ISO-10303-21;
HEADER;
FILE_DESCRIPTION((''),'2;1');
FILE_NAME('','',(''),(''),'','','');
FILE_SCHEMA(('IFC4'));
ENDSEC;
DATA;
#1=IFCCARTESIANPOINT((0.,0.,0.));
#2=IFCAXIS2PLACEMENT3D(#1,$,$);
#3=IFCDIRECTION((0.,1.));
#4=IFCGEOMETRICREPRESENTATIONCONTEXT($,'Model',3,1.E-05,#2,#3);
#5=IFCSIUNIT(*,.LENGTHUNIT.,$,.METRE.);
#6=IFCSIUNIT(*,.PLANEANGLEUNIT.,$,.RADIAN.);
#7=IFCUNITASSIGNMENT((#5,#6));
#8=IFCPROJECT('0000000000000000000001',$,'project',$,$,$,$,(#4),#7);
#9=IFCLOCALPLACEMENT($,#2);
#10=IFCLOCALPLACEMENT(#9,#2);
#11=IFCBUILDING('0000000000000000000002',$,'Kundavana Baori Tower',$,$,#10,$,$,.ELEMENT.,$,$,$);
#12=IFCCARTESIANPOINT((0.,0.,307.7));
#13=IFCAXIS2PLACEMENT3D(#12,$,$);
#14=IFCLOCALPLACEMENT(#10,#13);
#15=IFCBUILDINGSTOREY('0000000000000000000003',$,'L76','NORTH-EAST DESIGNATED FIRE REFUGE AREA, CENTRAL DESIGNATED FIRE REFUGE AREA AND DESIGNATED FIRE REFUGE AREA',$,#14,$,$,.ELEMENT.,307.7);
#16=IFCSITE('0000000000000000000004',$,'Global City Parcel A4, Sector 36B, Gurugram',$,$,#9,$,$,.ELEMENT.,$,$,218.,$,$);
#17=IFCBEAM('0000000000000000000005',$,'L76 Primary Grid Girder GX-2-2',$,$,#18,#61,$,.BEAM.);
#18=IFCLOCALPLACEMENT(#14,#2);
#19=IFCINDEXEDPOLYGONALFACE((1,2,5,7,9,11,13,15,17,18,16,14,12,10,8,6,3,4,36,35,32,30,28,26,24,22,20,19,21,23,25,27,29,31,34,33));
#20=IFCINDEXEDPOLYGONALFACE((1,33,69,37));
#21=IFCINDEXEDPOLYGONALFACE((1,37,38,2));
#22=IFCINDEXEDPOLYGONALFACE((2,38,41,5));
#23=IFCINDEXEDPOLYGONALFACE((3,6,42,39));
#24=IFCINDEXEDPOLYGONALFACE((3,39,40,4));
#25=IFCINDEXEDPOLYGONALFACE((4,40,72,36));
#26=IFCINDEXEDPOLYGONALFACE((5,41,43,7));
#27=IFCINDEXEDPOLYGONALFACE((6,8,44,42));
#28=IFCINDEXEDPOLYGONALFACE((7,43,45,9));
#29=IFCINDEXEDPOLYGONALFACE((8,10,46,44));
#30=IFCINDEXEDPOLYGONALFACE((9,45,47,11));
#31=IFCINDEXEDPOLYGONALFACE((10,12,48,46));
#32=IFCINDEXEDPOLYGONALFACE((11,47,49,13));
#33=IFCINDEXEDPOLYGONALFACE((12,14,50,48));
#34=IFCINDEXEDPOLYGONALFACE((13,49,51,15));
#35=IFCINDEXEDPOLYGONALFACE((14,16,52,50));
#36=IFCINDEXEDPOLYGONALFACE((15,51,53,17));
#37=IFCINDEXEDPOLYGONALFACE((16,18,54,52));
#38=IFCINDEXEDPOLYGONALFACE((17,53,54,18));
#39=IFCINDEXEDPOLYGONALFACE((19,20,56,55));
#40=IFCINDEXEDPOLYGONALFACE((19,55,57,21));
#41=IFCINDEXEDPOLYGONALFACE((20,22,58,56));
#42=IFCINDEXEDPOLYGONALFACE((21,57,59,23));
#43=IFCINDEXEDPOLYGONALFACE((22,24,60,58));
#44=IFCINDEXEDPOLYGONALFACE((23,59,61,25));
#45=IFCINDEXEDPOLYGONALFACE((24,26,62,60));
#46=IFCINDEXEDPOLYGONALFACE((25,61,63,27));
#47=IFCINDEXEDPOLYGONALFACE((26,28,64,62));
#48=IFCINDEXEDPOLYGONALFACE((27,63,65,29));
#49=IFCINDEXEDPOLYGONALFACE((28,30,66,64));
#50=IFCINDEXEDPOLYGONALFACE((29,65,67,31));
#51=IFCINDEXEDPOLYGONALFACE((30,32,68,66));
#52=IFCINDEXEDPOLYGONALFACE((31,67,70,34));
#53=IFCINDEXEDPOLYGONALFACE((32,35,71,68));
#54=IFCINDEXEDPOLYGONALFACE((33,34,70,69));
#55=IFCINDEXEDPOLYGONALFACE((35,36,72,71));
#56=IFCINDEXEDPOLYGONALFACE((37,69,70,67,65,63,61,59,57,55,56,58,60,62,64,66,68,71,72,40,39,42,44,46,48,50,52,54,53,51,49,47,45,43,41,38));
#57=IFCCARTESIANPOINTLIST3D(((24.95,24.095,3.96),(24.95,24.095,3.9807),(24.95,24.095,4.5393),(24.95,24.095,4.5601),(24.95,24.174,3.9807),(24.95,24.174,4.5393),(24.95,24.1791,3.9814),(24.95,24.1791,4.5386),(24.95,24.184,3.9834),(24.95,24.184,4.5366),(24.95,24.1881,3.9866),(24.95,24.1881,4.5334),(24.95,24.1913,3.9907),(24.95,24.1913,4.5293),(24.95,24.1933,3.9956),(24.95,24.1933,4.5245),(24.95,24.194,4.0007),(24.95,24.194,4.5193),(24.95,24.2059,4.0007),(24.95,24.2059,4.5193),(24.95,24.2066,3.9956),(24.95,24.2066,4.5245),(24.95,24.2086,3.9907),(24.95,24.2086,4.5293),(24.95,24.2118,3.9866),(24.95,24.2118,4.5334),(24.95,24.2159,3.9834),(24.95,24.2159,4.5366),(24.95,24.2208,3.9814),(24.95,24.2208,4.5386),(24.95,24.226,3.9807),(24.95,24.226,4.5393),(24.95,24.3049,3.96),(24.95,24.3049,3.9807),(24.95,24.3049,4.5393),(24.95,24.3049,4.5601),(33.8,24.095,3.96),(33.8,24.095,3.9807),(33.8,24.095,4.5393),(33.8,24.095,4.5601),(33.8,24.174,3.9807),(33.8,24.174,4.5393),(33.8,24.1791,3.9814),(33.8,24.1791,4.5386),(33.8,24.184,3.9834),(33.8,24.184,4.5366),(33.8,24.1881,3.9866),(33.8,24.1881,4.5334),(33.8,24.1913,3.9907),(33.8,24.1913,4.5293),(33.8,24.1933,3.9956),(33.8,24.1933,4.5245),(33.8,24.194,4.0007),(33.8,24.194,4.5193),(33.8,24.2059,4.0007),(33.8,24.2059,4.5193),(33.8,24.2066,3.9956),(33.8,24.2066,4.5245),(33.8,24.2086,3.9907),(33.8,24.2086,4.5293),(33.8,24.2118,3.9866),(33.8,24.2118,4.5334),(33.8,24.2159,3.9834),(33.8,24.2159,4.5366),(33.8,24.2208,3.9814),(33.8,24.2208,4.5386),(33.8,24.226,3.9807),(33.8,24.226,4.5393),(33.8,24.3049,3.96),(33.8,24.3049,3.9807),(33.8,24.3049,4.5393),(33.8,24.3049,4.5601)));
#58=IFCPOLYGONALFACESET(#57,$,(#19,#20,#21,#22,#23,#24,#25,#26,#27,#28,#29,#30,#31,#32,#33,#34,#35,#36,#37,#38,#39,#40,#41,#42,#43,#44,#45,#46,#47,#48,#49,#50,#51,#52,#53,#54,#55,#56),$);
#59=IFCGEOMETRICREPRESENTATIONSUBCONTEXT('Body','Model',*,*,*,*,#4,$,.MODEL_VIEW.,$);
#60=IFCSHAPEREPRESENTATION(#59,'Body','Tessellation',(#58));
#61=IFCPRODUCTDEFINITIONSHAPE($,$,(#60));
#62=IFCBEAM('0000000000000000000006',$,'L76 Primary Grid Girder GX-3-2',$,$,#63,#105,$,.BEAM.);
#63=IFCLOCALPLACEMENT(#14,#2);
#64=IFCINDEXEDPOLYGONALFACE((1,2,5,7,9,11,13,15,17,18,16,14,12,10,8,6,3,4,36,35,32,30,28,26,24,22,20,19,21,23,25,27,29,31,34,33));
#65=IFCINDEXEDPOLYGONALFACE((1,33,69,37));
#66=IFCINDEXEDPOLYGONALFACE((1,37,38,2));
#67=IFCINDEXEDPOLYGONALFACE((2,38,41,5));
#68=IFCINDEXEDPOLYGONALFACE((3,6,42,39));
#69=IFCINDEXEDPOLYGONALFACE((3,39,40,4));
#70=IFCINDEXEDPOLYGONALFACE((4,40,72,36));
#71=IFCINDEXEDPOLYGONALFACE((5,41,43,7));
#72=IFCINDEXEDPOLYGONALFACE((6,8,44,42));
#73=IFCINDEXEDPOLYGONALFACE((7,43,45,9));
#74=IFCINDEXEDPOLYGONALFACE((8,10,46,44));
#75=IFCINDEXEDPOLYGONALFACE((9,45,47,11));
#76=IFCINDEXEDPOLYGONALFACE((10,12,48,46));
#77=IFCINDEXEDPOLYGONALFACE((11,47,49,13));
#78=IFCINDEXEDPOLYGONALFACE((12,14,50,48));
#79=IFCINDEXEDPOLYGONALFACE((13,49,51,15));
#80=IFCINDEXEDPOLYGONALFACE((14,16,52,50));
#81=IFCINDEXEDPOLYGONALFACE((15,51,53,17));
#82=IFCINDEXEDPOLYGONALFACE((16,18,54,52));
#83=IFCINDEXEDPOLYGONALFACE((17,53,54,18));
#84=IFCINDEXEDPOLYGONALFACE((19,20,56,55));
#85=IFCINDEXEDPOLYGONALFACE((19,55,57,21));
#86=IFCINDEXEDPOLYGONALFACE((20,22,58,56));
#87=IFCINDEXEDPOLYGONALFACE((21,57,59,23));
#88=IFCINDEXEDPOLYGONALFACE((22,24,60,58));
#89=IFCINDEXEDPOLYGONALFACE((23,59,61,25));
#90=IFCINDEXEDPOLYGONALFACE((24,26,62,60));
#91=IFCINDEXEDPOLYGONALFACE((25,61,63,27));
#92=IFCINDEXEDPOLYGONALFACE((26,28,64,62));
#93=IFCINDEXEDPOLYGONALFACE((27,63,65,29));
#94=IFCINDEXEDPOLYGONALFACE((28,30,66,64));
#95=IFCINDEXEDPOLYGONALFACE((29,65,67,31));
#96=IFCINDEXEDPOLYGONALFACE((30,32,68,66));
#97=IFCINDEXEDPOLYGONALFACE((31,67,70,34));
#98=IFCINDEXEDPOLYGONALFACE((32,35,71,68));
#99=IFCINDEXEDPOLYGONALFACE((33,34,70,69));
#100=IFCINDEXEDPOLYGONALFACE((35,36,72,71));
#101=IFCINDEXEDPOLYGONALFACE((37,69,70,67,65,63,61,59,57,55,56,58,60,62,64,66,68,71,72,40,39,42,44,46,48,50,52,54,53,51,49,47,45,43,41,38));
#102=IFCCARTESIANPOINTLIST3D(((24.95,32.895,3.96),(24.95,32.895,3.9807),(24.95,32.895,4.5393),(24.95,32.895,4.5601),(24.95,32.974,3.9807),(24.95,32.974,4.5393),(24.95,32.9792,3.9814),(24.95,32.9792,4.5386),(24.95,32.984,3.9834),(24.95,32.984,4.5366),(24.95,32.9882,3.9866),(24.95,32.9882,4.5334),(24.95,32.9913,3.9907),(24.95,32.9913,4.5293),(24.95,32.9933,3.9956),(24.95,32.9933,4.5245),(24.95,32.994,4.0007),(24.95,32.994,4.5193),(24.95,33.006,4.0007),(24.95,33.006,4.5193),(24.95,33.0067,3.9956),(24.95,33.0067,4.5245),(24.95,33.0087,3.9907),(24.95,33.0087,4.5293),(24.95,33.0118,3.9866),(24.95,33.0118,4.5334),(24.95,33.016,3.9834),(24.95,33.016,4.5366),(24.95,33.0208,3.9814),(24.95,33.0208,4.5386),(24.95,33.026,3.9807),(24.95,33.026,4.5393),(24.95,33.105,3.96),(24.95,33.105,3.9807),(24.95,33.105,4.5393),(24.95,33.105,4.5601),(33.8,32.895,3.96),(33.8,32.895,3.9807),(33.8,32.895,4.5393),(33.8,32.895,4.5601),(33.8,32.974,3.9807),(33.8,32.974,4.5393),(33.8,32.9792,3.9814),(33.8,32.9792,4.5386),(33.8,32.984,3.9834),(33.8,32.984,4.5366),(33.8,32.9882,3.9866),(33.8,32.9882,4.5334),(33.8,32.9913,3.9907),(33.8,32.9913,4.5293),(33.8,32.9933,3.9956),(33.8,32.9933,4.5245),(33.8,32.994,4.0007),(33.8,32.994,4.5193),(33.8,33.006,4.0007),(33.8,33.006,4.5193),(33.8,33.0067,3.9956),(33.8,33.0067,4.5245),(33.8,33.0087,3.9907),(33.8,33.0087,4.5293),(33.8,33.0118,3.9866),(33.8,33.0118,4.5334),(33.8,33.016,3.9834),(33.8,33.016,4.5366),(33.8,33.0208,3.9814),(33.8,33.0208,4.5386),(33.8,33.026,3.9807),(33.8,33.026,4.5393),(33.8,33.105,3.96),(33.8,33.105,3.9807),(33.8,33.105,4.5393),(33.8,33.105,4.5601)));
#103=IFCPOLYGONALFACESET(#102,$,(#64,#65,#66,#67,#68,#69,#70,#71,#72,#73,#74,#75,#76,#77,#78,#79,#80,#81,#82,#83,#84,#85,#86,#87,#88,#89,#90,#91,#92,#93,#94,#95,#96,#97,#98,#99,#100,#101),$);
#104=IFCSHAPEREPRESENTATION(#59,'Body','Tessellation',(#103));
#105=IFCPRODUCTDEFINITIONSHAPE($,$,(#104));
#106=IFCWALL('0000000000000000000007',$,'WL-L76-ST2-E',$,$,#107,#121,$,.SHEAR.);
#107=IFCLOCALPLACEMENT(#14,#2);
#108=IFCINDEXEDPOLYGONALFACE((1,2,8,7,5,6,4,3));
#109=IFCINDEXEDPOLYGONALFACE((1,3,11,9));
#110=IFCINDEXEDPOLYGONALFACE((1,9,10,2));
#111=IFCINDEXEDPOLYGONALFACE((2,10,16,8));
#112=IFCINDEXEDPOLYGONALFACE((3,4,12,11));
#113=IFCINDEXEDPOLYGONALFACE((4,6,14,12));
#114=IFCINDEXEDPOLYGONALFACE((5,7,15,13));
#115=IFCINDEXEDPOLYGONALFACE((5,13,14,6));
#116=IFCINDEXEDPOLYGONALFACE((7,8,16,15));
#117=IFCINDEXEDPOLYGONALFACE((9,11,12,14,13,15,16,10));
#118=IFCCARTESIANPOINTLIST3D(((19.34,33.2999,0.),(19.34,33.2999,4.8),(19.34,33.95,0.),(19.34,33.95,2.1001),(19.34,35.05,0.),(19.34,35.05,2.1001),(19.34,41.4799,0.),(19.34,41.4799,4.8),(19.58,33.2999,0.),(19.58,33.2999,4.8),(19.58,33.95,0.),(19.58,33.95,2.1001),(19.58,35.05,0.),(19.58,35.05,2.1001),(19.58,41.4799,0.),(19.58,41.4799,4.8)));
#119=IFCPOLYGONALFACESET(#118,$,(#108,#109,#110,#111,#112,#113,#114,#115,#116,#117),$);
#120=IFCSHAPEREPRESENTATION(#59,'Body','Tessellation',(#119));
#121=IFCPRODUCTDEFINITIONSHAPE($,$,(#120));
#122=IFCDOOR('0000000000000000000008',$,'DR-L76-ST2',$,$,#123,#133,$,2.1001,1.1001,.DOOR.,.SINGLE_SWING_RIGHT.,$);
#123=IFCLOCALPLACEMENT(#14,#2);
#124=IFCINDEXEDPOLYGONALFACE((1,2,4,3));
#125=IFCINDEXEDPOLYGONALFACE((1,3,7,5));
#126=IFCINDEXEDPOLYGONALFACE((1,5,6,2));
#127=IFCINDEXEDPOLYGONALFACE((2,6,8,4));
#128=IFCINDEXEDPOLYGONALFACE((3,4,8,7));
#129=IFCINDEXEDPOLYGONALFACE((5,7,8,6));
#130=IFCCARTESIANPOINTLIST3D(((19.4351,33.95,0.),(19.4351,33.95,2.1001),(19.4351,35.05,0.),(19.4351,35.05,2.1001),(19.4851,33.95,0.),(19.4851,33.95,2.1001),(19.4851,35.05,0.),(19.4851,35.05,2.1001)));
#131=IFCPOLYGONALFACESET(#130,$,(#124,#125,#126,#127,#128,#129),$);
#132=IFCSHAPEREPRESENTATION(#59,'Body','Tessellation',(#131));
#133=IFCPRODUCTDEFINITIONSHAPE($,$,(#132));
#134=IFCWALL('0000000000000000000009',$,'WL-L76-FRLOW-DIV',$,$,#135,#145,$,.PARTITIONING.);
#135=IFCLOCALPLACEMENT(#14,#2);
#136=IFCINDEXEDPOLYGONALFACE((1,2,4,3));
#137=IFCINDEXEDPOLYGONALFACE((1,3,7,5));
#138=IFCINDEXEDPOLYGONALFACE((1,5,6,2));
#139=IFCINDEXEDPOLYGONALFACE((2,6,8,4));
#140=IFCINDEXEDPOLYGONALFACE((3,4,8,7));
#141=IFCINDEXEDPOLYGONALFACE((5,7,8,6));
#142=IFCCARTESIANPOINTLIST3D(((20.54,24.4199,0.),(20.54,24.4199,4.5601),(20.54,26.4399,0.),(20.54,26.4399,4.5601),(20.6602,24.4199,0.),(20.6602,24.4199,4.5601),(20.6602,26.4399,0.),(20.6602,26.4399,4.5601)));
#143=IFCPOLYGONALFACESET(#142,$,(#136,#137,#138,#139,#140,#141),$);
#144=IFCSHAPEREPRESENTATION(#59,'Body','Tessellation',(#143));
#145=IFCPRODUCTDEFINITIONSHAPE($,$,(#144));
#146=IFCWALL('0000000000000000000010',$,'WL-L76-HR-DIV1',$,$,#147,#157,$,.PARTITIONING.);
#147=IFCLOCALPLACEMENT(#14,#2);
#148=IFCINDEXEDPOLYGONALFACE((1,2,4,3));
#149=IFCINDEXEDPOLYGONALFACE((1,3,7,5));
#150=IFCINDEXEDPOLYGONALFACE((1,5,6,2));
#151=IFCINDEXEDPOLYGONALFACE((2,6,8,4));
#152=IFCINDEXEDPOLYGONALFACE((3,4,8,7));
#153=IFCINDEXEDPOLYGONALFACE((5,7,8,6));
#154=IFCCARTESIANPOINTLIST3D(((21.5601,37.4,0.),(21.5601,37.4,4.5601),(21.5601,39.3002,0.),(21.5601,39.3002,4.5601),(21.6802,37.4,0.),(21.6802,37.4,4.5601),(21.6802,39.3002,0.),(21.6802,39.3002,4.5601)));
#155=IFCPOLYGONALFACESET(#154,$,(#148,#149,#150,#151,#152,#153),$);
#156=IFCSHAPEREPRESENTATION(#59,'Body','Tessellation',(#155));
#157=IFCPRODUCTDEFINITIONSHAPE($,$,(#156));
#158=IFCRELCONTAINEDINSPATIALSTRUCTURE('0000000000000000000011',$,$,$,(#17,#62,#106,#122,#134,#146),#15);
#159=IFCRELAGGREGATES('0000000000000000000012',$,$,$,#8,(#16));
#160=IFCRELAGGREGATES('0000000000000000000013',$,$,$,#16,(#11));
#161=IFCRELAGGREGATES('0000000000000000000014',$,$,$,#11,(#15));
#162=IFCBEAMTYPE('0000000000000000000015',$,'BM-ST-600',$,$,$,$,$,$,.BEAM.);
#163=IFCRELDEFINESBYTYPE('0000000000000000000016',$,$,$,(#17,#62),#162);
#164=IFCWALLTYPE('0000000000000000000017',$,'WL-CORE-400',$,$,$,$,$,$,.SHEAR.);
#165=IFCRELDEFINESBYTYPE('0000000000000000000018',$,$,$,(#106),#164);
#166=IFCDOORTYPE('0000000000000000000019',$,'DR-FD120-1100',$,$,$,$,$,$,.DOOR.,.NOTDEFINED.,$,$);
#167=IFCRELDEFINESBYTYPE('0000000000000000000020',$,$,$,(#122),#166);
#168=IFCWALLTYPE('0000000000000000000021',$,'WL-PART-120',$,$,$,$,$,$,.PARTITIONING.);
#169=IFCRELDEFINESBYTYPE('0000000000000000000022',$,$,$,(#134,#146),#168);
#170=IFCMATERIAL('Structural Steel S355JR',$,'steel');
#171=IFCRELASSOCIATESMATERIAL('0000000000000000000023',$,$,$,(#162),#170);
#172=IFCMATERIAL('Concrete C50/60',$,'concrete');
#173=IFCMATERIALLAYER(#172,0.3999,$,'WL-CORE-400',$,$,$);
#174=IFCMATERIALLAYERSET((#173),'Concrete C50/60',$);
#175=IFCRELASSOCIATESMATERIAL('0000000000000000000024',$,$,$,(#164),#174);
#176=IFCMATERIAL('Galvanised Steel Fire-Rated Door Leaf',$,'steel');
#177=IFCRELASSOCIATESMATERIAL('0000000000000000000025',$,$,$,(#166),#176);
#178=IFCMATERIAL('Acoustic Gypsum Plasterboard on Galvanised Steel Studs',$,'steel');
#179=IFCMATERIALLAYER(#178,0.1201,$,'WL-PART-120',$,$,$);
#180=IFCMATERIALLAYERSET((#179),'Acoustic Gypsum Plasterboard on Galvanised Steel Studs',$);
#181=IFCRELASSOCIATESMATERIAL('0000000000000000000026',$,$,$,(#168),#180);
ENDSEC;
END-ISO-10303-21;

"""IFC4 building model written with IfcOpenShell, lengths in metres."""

from ifc_helpers import new_model, si_unit, direction, frame, frame_2d, origin, origin_2d, place, context, subcontext, project, spatial, rectangle, i_section, extrude, material, layer, layer_set, material_profile, profile_set, type_object, element, fill, save


model = new_model("IFC4")

# Units and contexts
model_context = context("Model", 3, precision=1e-05, world=origin(), true_north=direction((0.0, 1.0)))
body_context = subcontext(model_context, "Body", "Model", "MODEL_VIEW")
ifc_project = project(units=[si_unit("LENGTHUNIT", "METRE"), si_unit("PLANEANGLEUNIT", "RADIAN")], contexts=[model_context])

# Site, building, storey
site_placement = place(None, origin())
site = spatial("IfcSite", under=ifc_project, at=site_placement, Name="Global City Parcel A4, Sector 36B, Gurugram", CompositionType="ELEMENT", RefElevation=218.0)
building_placement = place(site_placement, origin())
building = spatial("IfcBuilding", under=site, at=building_placement, Name="Kundavana Baori Tower", CompositionType="ELEMENT")
storey_placement = place(building_placement, frame((0.0, 0.0, 307.7)))
storey = spatial("IfcBuildingStorey", under=building, at=storey_placement, Name="L76", Description="NORTH-EAST DESIGNATED FIRE REFUGE AREA, CENTRAL DESIGNATED FIRE REFUGE AREA AND DESIGNATED FIRE REFUGE AREA", CompositionType="ELEMENT", Elevation=307.7)

# Beams
ifc_material_1 = material(Name="Structural Steel S355JR", Category="steel")
ifc_material_profile_1 = material_profile(ifc_material_1, i_section(OverallWidth=0.21, OverallDepth=0.6001, WebThickness=0.012, FlangeThickness=0.0208, FilletRadius=0.02, at=origin_2d()), Name="ISMB 600")
ifc_profile_set_1 = profile_set([ifc_material_profile_1], Name="Structural Steel S355JR")
beam_type_1 = type_object("IfcBeamType", Name="BM-ST-600", PredefinedType="BEAM", material=ifc_profile_set_1)
for number, where, z_axis, x_axis, name in (
    (1, (24.95, 24.2, 4.26), (1.0, 0.0, 0.0), (0.0, 1.0, 0.0), "L76 Primary Grid Girder GX-2-2"),
    (2, (24.95, 33.0, 4.26), (1.0, 0.0, 0.0), (0.0, 1.0, 0.0), "L76 Primary Grid Girder GX-3-2"),
):
    element("IfcBeam", number, at=place(storey_placement, frame(where, z_axis=z_axis, x_axis=x_axis)), inside=storey, type_object=beam_type_1, Name=name, PredefinedType="BEAM", context=body_context, shape_type="SweptSolid", body=[
        extrude(i_section(OverallWidth=0.21, OverallDepth=0.6001, WebThickness=0.012, FlangeThickness=0.0208, FilletRadius=0.02, at=origin_2d()), origin(), (0.0, 0.0, 1.0), 8.8501),
    ])

# Wall, opening, door
ifc_material_2 = material(Name="Concrete C50/60", Category="concrete")
ifc_layer_1 = layer(ifc_material_2, 0.3999, Name="WL-CORE-400")
ifc_layer_set_1 = layer_set([ifc_layer_1], Name="Concrete C50/60")
wall_type_1 = type_object("IfcWallType", Name="WL-CORE-400", PredefinedType="SHEAR", material=ifc_layer_set_1)
wall_1_placement = place(storey_placement, frame((19.46, 33.3, 0.0), z_axis=(0.0, 0.0, 1.0), x_axis=(0.0, 1.0, 0.0)))
wall_1 = element("IfcWall", 3, at=wall_1_placement, inside=storey, type_object=wall_type_1, Name="WL-L76-ST2-E", PredefinedType="SHEAR", context=body_context, shape_type="SweptSolid", body=[
    extrude(rectangle(XDim=8.1799, YDim=0.24, at=frame_2d((4.0898, 0.0))), origin(), (0.0, 0.0, 1.0), 4.8),
])
opening_1_placement = place(wall_1_placement, frame((0.6499, 0.0, 0.0)))
opening_1 = element("IfcOpeningElement", 4, at=opening_1_placement, cuts=wall_1, PredefinedType="OPENING", context=body_context, shape_type="SweptSolid", body=[
    extrude(rectangle(XDim=1.1001, YDim=2.1001, at=frame_2d((0.55, 1.05))), frame((0.0, 0.1299, 0.0), z_axis=(0.0, -1.0, 0.0), x_axis=(1.0, 0.0, 0.0)), (0.0, 0.0, 1.0), 0.26),
])
ifc_material_3 = material(Name="Galvanised Steel Fire-Rated Door Leaf", Category="steel")
door_type_1 = type_object("IfcDoorType", Name="DR-FD120-1100", OperationType="NOTDEFINED", PredefinedType="DOOR", material=ifc_material_3)
door_1_placement = place(opening_1_placement, origin())
door_1 = element("IfcDoor", 5, at=door_1_placement, inside=storey, type_object=door_type_1, Name="DR-L76-ST2", OperationType="SINGLE_SWING_RIGHT", OverallHeight=2.1001, OverallWidth=1.1001, PredefinedType="DOOR", context=body_context, shape_type="SweptSolid", body=[
    extrude(rectangle(XDim=1.1001, YDim=2.1001, at=frame_2d((0.55, 1.05))), frame((0.0, 0.0249, 0.0), z_axis=(0.0, -1.0, 0.0), x_axis=(1.0, 0.0, 0.0)), (0.0, 0.0, 1.0), 0.05),
])
fill(opening_1, door_1)

# Walls
ifc_material_4 = material(Name="Acoustic Gypsum Plasterboard on Galvanised Steel Studs", Category="steel")
ifc_layer_2 = layer(ifc_material_4, 0.1201, Name="WL-PART-120")
ifc_layer_set_2 = layer_set([ifc_layer_2], Name="Acoustic Gypsum Plasterboard on Galvanised Steel Studs")
wall_type_2 = type_object("IfcWallType", Name="WL-PART-120", PredefinedType="PARTITIONING", material=ifc_layer_set_2)
wall_2_placement = place(storey_placement, frame((20.6001, 24.4199, 0.0), z_axis=(0.0, 0.0, 1.0), x_axis=(0.0, 1.0, 0.0)))
element("IfcWall", 6, at=wall_2_placement, inside=storey, type_object=wall_type_2, Name="WL-L76-FRLOW-DIV", PredefinedType="PARTITIONING", context=body_context, shape_type="SweptSolid", body=[
    extrude(rectangle(XDim=2.02, YDim=0.1201, at=frame_2d((1.01, 0.0))), origin(), (0.0, 0.0, 1.0), 4.5601),
])
wall_3_placement = place(storey_placement, frame((21.6201, 37.3999, 0.0), z_axis=(0.0, 0.0, 1.0), x_axis=(0.0, 1.0, 0.0)))
element("IfcWall", 7, at=wall_3_placement, inside=storey, type_object=wall_type_2, Name="WL-L76-HR-DIV1", PredefinedType="PARTITIONING", context=body_context, shape_type="SweptSolid", body=[
    extrude(rectangle(XDim=1.9001, YDim=0.1201, at=frame_2d((0.9502, 0.0))), origin(), (0.0, 0.0, 1.0), 4.5601),
])

save(model, "model.ifc")
